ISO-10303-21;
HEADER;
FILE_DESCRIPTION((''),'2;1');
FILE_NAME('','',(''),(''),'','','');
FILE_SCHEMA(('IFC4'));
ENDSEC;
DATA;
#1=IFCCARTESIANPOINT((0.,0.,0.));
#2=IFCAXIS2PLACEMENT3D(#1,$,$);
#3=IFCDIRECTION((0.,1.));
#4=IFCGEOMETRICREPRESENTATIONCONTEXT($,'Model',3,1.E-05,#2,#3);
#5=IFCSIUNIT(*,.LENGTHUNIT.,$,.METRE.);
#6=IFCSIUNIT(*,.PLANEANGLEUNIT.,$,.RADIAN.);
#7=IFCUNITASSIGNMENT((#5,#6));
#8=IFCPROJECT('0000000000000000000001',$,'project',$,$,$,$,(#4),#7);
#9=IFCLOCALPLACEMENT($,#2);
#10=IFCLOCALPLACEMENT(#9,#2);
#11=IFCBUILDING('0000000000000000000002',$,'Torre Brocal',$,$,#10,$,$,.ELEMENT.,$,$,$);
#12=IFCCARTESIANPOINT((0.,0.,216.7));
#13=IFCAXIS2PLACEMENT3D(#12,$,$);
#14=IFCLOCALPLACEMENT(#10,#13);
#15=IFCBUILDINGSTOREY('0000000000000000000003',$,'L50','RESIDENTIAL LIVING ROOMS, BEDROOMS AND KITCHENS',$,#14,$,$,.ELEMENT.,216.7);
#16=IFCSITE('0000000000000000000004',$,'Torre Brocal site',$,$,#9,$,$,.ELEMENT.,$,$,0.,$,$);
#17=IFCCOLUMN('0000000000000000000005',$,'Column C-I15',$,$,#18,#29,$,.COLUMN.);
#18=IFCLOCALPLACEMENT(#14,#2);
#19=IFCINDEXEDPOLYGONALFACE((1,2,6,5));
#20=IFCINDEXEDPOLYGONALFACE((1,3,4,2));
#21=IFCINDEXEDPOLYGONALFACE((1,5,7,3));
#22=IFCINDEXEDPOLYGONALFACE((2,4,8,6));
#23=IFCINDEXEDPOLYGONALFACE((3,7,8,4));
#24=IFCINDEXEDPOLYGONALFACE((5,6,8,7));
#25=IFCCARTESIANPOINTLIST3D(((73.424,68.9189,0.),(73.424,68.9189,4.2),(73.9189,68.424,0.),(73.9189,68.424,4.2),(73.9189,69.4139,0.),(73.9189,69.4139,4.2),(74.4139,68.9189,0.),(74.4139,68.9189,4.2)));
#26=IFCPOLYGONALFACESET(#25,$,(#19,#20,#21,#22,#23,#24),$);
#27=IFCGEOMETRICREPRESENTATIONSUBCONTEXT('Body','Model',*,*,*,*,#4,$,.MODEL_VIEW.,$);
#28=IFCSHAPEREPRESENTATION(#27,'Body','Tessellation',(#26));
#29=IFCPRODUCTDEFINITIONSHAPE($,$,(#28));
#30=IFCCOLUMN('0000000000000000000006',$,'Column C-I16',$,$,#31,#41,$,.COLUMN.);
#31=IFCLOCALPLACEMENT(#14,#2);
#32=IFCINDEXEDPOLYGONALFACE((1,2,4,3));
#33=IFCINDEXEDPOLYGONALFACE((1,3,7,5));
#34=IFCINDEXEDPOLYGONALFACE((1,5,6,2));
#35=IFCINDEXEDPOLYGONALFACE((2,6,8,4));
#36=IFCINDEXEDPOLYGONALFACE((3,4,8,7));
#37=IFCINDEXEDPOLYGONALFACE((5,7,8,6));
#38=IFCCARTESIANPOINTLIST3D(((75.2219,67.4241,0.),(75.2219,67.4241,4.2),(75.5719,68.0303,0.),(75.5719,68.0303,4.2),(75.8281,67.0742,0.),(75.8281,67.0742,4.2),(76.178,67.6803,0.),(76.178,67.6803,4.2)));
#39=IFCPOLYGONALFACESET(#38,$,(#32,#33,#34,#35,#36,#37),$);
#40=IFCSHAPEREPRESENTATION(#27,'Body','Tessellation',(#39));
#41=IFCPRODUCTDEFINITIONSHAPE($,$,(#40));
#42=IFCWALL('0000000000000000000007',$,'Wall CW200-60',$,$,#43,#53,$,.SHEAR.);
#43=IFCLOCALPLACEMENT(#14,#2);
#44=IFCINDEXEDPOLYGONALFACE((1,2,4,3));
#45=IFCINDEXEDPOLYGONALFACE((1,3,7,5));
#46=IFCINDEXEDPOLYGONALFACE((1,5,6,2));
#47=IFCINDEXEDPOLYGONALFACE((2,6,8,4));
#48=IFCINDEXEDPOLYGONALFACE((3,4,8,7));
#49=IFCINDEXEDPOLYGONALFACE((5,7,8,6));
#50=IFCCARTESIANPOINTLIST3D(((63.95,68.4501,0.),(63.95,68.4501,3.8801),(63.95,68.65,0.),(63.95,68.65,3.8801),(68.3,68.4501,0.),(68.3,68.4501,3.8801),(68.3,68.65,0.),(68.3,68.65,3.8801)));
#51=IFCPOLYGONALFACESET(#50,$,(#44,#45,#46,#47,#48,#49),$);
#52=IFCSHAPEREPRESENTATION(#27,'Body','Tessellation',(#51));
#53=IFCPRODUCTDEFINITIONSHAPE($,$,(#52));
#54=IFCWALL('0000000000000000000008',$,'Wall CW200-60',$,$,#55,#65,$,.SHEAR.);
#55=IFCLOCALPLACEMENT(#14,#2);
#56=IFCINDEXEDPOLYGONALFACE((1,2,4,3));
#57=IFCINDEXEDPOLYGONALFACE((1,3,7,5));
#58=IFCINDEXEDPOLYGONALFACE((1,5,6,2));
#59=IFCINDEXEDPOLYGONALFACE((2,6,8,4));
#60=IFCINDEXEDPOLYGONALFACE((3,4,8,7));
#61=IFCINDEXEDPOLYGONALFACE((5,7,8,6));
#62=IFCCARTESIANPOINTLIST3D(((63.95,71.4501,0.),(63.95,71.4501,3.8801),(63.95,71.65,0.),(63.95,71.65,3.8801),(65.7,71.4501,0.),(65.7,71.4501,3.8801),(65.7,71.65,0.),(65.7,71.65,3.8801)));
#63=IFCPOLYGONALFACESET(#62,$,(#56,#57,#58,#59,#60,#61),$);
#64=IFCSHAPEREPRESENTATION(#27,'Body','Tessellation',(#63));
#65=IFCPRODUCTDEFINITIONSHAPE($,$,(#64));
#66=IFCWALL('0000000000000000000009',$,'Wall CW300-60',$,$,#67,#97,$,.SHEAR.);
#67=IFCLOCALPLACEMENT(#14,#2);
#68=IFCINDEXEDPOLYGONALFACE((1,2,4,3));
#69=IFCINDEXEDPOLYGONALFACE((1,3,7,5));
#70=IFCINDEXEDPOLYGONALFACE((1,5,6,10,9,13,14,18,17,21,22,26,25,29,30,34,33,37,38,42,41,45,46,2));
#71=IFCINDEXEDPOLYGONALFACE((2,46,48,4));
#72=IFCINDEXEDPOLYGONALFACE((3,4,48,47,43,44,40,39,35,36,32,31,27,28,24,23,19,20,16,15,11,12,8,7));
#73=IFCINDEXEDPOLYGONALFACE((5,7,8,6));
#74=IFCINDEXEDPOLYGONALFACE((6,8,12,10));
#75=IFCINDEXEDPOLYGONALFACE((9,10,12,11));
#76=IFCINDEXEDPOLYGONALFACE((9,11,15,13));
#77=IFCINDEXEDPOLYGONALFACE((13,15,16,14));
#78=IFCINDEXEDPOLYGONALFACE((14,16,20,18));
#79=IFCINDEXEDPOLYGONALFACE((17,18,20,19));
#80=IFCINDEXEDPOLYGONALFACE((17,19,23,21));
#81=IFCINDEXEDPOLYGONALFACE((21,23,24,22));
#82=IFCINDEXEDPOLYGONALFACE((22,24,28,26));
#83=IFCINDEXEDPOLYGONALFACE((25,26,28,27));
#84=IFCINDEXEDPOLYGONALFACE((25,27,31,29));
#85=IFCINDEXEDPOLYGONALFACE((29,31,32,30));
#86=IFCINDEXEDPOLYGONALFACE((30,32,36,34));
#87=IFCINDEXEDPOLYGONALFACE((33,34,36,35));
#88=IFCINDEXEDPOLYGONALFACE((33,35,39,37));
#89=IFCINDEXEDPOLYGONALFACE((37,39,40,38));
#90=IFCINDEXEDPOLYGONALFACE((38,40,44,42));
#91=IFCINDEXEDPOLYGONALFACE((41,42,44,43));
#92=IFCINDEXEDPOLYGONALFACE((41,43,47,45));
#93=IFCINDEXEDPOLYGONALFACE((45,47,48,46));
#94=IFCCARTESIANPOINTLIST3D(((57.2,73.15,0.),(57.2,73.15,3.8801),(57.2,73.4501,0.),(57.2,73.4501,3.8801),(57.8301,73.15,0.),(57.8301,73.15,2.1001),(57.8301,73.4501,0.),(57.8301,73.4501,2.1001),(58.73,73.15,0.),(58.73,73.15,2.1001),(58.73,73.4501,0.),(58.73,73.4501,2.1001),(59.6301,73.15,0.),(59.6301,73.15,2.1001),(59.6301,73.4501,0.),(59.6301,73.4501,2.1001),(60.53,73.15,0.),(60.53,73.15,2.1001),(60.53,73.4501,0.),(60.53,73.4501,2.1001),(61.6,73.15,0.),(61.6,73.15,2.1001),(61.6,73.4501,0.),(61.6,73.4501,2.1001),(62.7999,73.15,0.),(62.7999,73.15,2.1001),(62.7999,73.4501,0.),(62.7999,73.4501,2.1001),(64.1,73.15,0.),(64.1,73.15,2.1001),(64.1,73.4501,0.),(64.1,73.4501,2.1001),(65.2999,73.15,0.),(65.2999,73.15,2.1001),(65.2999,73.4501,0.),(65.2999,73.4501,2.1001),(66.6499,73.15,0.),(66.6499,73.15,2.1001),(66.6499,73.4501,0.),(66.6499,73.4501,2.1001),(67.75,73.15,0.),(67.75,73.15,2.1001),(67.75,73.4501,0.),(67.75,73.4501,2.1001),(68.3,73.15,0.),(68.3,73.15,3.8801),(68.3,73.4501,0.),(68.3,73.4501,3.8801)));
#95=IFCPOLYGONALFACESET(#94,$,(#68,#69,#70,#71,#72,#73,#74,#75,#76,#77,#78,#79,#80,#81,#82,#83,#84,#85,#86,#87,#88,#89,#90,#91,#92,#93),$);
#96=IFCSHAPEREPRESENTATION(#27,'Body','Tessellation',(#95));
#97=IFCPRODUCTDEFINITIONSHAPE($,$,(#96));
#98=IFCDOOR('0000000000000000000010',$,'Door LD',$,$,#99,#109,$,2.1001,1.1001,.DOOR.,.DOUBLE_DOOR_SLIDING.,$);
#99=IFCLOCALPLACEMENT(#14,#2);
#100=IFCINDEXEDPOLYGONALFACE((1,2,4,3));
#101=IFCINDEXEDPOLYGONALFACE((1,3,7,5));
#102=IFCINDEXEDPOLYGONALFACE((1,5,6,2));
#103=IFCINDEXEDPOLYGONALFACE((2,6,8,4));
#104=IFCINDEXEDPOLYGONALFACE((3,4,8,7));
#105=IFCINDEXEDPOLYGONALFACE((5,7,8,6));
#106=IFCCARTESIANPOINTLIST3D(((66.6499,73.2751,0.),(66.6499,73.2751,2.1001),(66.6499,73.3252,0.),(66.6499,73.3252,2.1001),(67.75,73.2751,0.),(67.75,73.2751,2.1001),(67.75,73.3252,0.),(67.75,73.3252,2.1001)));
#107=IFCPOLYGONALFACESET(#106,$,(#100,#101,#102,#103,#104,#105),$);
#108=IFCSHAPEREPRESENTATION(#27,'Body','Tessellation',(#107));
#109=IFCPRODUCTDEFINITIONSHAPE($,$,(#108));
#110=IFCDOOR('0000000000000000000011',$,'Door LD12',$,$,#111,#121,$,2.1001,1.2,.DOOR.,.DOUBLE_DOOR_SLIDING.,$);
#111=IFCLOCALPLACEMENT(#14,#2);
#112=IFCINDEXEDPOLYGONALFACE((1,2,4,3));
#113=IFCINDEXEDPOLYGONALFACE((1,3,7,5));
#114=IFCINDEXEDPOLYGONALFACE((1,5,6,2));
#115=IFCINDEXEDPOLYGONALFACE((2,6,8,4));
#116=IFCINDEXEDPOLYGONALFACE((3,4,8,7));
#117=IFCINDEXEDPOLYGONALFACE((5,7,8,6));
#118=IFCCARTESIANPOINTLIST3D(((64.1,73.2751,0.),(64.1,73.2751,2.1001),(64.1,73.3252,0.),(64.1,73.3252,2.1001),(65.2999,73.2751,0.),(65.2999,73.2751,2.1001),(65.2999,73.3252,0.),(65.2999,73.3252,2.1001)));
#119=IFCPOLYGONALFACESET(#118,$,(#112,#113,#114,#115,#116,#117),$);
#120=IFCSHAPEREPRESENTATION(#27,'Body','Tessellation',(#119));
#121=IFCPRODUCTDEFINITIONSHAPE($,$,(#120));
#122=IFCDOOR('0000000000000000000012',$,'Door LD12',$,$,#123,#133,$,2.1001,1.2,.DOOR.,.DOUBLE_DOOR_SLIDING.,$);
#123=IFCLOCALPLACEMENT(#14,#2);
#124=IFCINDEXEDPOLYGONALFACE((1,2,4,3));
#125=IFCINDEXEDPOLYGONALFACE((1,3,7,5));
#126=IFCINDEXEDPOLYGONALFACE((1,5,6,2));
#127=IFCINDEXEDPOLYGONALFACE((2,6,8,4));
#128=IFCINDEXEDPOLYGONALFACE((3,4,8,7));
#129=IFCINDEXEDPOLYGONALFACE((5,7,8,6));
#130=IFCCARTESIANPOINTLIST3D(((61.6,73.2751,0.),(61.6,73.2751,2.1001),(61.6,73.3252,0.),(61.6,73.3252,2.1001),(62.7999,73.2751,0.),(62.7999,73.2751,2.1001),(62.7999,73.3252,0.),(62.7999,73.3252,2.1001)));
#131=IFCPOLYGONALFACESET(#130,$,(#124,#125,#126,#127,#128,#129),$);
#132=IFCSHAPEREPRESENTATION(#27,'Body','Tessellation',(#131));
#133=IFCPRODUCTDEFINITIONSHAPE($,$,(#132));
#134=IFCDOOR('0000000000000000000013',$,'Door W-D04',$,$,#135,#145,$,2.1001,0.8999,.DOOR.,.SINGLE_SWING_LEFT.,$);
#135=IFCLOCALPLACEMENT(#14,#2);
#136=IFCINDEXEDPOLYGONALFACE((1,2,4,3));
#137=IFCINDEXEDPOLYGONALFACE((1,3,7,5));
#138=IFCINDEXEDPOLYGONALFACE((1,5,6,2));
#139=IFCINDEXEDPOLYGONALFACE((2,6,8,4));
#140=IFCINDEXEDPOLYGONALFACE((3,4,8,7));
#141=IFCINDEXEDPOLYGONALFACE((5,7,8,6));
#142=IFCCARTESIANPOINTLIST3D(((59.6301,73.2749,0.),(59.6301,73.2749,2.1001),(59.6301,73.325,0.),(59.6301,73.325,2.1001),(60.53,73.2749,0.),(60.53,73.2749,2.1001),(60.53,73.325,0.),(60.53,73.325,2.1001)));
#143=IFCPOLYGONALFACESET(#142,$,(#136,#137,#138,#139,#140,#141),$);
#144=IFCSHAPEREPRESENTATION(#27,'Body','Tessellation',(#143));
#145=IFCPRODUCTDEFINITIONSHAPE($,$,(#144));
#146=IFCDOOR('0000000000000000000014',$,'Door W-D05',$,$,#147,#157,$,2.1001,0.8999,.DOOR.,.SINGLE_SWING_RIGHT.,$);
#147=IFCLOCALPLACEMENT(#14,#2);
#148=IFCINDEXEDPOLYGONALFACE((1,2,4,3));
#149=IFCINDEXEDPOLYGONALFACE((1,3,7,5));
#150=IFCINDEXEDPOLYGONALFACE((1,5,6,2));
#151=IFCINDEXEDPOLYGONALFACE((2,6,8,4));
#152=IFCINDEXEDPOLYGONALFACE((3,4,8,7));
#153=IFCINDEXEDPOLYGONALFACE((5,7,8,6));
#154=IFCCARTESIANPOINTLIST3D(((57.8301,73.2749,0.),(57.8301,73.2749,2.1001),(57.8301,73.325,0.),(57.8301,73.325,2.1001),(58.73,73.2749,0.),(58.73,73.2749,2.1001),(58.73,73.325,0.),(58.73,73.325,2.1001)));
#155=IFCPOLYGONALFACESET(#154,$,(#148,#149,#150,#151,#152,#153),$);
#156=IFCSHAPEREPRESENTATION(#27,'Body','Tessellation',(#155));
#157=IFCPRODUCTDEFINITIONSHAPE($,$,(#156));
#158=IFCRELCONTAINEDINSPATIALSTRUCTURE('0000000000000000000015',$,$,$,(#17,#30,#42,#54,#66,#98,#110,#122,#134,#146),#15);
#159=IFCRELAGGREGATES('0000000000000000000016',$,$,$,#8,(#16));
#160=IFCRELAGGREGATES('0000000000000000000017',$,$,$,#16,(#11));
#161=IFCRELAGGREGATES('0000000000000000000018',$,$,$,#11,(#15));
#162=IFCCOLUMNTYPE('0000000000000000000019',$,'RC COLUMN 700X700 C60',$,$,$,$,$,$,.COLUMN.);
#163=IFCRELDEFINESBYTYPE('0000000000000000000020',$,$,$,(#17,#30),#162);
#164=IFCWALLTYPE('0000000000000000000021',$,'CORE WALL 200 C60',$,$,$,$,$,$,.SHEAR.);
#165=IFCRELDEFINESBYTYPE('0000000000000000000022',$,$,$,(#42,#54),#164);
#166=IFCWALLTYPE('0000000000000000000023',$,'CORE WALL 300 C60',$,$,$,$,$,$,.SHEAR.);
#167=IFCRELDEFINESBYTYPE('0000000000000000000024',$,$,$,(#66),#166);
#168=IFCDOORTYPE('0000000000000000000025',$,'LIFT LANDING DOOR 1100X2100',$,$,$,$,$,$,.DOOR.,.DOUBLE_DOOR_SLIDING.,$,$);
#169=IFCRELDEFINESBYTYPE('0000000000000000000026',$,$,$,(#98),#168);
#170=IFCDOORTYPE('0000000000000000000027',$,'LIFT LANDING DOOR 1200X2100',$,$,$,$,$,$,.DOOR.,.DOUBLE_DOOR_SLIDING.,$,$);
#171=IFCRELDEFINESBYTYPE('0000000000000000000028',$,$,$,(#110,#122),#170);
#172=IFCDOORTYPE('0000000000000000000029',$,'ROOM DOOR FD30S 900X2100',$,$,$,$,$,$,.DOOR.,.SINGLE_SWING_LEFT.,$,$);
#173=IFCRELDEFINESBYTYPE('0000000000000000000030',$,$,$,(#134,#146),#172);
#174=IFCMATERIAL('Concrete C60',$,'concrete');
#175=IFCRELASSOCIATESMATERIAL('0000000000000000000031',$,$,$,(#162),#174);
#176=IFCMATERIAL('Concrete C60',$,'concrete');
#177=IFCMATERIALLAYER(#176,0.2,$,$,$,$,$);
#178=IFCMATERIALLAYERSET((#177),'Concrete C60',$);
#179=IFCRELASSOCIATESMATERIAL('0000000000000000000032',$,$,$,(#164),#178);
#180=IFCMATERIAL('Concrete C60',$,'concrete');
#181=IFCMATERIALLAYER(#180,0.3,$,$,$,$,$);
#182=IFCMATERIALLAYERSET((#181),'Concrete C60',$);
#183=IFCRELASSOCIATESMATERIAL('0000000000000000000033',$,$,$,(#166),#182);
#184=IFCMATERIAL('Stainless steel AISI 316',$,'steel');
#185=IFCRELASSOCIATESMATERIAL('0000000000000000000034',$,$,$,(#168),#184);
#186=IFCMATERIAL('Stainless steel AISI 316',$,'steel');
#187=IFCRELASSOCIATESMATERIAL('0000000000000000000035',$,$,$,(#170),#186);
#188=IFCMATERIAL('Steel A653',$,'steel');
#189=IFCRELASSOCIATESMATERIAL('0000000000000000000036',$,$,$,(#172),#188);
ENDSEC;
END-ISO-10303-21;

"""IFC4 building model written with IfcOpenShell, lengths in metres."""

from ifc_helpers import new_model, si_unit, direction, frame, frame_2d, origin, origin_2d, place, context, subcontext, project, spatial, rectangle, extrude, material, layer, layer_set, material_profile, profile_set, type_object, element, fill, save


model = new_model("IFC4")

# Units and contexts
model_context = context("Model", 3, precision=1e-05, world=origin(), true_north=direction((0.0, 1.0)))
body_context = subcontext(model_context, "Body", "Model", "MODEL_VIEW")
ifc_project = project(units=[si_unit("LENGTHUNIT", "METRE"), si_unit("PLANEANGLEUNIT", "RADIAN")], contexts=[model_context])

# Site, building, storey
site_placement = place(None, origin())
site = spatial("IfcSite", under=ifc_project, at=site_placement, Name="Torre Brocal site", CompositionType="ELEMENT", RefElevation=0.0)
building_placement = place(site_placement, origin())
building = spatial("IfcBuilding", under=site, at=building_placement, Name="Torre Brocal", CompositionType="ELEMENT")
storey_placement = place(building_placement, frame((0.0, 0.0, 216.7)))
storey = spatial("IfcBuildingStorey", under=building, at=storey_placement, Name="L50", Description="RESIDENTIAL LIVING ROOMS, BEDROOMS AND KITCHENS", CompositionType="ELEMENT", Elevation=216.7)

# Columns
ifc_material_1 = material(Name="Concrete C60", Category="concrete")
ifc_material_profile = material_profile(ifc_material_1, rectangle(XDim=0.7, YDim=0.7, at=origin_2d()), Name="RC 700X700")
ifc_profile_set = profile_set([ifc_material_profile], Name="Concrete C60")
column_type = type_object("IfcColumnType", Name="RC COLUMN 700X700 C60", PredefinedType="COLUMN", material=ifc_profile_set)
for number, where, z_axis, x_axis, name in (
    (1, (73.9189, 68.9189, 0.0), (0.0, 0.0, 1.0), (-0.707107, -0.707107, 0.0), "Column C-I15"),
    (2, (75.7, 67.5522, 0.0), (0.0, 0.0, 1.0), (-0.5, -0.866025, 0.0), "Column C-I16"),
):
    element("IfcColumn", number, at=place(storey_placement, frame(where, z_axis=z_axis, x_axis=x_axis)), inside=storey, type_object=column_type, Name=name, PredefinedType="COLUMN", context=body_context, shape_type="SweptSolid", body=[
        extrude(rectangle(XDim=0.7, YDim=0.7, at=origin_2d()), origin(), (0.0, 0.0, 1.0), 4.2),
    ])

# Walls
ifc_material_2 = material(Name="Concrete C60", Category="concrete")
ifc_layer_1 = layer(ifc_material_2, 0.2)
ifc_layer_set_1 = layer_set([ifc_layer_1], Name="Concrete C60")
wall_type_1 = type_object("IfcWallType", Name="CORE WALL 200 C60", PredefinedType="SHEAR", material=ifc_layer_set_1)
wall_1_placement = place(storey_placement, frame((68.3, 68.55, 0.0), z_axis=(0.0, 0.0, 1.0), x_axis=(-1.0, 0.0, 0.0)))
element("IfcWall", 3, at=wall_1_placement, inside=storey, type_object=wall_type_1, Name="Wall CW200-60", PredefinedType="SHEAR", context=body_context, shape_type="SweptSolid", body=[
    extrude(rectangle(XDim=4.3501, YDim=0.2, at=frame_2d((2.175, 0.0))), origin(), (0.0, 0.0, 1.0), 3.8801),
])
wall_2_placement = place(storey_placement, frame((65.7, 71.55, 0.0), z_axis=(0.0, 0.0, 1.0), x_axis=(-1.0, 0.0, 0.0)))
element("IfcWall", 4, at=wall_2_placement, inside=storey, type_object=wall_type_1, Name="Wall CW200-60", PredefinedType="SHEAR", context=body_context, shape_type="SweptSolid", body=[
    extrude(rectangle(XDim=1.75, YDim=0.2, at=frame_2d((0.875, 0.0))), origin(), (0.0, 0.0, 1.0), 3.8801),
])

# Wall, openings, doors
ifc_material_3 = material(Name="Concrete C60", Category="concrete")
ifc_layer_2 = layer(ifc_material_3, 0.3)
ifc_layer_set_2 = layer_set([ifc_layer_2], Name="Concrete C60")
wall_type_2 = type_object("IfcWallType", Name="CORE WALL 300 C60", PredefinedType="SHEAR", material=ifc_layer_set_2)
wall_3_placement = place(storey_placement, frame((68.3, 73.3, 0.0), z_axis=(0.0, 0.0, 1.0), x_axis=(-1.0, 0.0, 0.0)))
wall_3 = element("IfcWall", 5, at=wall_3_placement, inside=storey, type_object=wall_type_2, Name="Wall CW300-60", PredefinedType="SHEAR", context=body_context, shape_type="SweptSolid", body=[
    extrude(rectangle(XDim=11.1001, YDim=0.3, at=frame_2d((5.55, 0.0))), origin(), (0.0, 0.0, 1.0), 3.8801),
])
opening_1_placement = place(wall_3_placement, frame((0.55, 0.0, 0.0)))
opening_1 = element("IfcOpeningElement", 6, at=opening_1_placement, cuts=wall_3, PredefinedType="OPENING", context=body_context, shape_type="SweptSolid", body=[
    extrude(rectangle(XDim=1.1001, YDim=2.1001, at=frame_2d((0.55, 1.05))), frame((0.0, 0.1599, 0.0), z_axis=(0.0, -1.0, 0.0), x_axis=(1.0, 0.0, 0.0)), (0.0, 0.0, 1.0), 0.3201),
])
opening_2_placement = place(wall_3_placement, frame((3.0, 0.0, 0.0)))
opening_2 = element("IfcOpeningElement", 7, at=opening_2_placement, cuts=wall_3, PredefinedType="OPENING", context=body_context, shape_type="SweptSolid", body=[
    extrude(rectangle(XDim=1.2, YDim=2.1001, at=frame_2d((0.6001, 1.05))), frame((0.0, 0.1599, 0.0), z_axis=(0.0, -1.0, 0.0), x_axis=(1.0, 0.0, 0.0)), (0.0, 0.0, 1.0), 0.3201),
])
opening_3_placement = place(wall_3_placement, frame((5.5, 0.0, 0.0)))
opening_3 = element("IfcOpeningElement", 8, at=opening_3_placement, cuts=wall_3, PredefinedType="OPENING", context=body_context, shape_type="SweptSolid", body=[
    extrude(rectangle(XDim=1.2, YDim=2.1001, at=frame_2d((0.6001, 1.05))), frame((0.0, 0.1599, 0.0), z_axis=(0.0, -1.0, 0.0), x_axis=(1.0, 0.0, 0.0)), (0.0, 0.0, 1.0), 0.3201),
])
opening_4_placement = place(wall_3_placement, frame((7.77, 0.0, 0.0)))
opening_4 = element("IfcOpeningElement", 9, at=opening_4_placement, cuts=wall_3, PredefinedType="OPENING", context=body_context, shape_type="SweptSolid", body=[
    extrude(rectangle(XDim=0.8999, YDim=2.1001, at=frame_2d((0.45, 1.05))), frame((0.0, 0.1599, 0.0), z_axis=(0.0, -1.0, 0.0), x_axis=(1.0, 0.0, 0.0)), (0.0, 0.0, 1.0), 0.3201),
])
opening_5_placement = place(wall_3_placement, frame((9.5701, 0.0, 0.0)))
opening_5 = element("IfcOpeningElement", 10, at=opening_5_placement, cuts=wall_3, PredefinedType="OPENING", context=body_context, shape_type="SweptSolid", body=[
    extrude(rectangle(XDim=0.8999, YDim=2.1001, at=frame_2d((0.45, 1.05))), frame((0.0, 0.1599, 0.0), z_axis=(0.0, -1.0, 0.0), x_axis=(1.0, 0.0, 0.0)), (0.0, 0.0, 1.0), 0.3201),
])
ifc_material_4 = material(Name="Stainless steel AISI 316", Category="steel")
door_type_1 = type_object("IfcDoorType", Name="LIFT LANDING DOOR 1100X2100", OperationType="DOUBLE_DOOR_SLIDING", PredefinedType="DOOR", material=ifc_material_4)
door_1_placement = place(opening_1_placement, origin())
door_1 = element("IfcDoor", 11, at=door_1_placement, inside=storey, type_object=door_type_1, Name="Door LD", OperationType="DOUBLE_DOOR_SLIDING", OverallHeight=2.1001, OverallWidth=1.1001, PredefinedType="DOOR", context=body_context, shape_type="SweptSolid", body=[
    extrude(rectangle(XDim=1.1001, YDim=2.1001, at=frame_2d((0.55, 1.05))), frame((0.0, 0.0249, 0.0), z_axis=(0.0, -1.0, 0.0), x_axis=(1.0, 0.0, 0.0)), (0.0, 0.0, 1.0), 0.05),
])
fill(opening_1, door_1)
ifc_material_5 = material(Name="Stainless steel AISI 316", Category="steel")
door_type_2 = type_object("IfcDoorType", Name="LIFT LANDING DOOR 1200X2100", OperationType="DOUBLE_DOOR_SLIDING", PredefinedType="DOOR", material=ifc_material_5)
door_2_placement = place(opening_2_placement, origin())
door_2 = element("IfcDoor", 12, at=door_2_placement, inside=storey, type_object=door_type_2, Name="Door LD12", OperationType="DOUBLE_DOOR_SLIDING", OverallHeight=2.1001, OverallWidth=1.2, PredefinedType="DOOR", context=body_context, shape_type="SweptSolid", body=[
    extrude(rectangle(XDim=1.2, YDim=2.1001, at=frame_2d((0.6001, 1.05))), frame((0.0, 0.0249, 0.0), z_axis=(0.0, -1.0, 0.0), x_axis=(1.0, 0.0, 0.0)), (0.0, 0.0, 1.0), 0.05),
])
fill(opening_2, door_2)
door_3_placement = place(opening_3_placement, origin())
door_3 = element("IfcDoor", 13, at=door_3_placement, inside=storey, type_object=door_type_2, Name="Door LD12", OperationType="DOUBLE_DOOR_SLIDING", OverallHeight=2.1001, OverallWidth=1.2, PredefinedType="DOOR", context=body_context, shape_type="SweptSolid", body=[
    extrude(rectangle(XDim=1.2, YDim=2.1001, at=frame_2d((0.6001, 1.05))), frame((0.0, 0.0249, 0.0), z_axis=(0.0, -1.0, 0.0), x_axis=(1.0, 0.0, 0.0)), (0.0, 0.0, 1.0), 0.05),
])
fill(opening_3, door_3)
ifc_material_6 = material(Name="Steel A653", Category="steel")
door_type_3 = type_object("IfcDoorType", Name="ROOM DOOR FD30S 900X2100", OperationType="SINGLE_SWING_LEFT", PredefinedType="DOOR", material=ifc_material_6)
door_4_placement = place(opening_4_placement, frame((0.8999, 0.0, 0.0), z_axis=(0.0, 0.0, 1.0), x_axis=(-1.0, 0.0, 0.0)))
door_4 = element("IfcDoor", 14, at=door_4_placement, inside=storey, type_object=door_type_3, Name="Door W-D04", OperationType="SINGLE_SWING_LEFT", OverallHeight=2.1001, OverallWidth=0.8999, PredefinedType="DOOR", context=body_context, shape_type="SweptSolid", body=[
    extrude(rectangle(XDim=0.8999, YDim=2.1001, at=frame_2d((0.45, 1.05))), frame((0.0, 0.0249, 0.0), z_axis=(0.0, -1.0, 0.0), x_axis=(1.0, 0.0, 0.0)), (0.0, 0.0, 1.0), 0.05),
])
fill(opening_4, door_4)
door_5_placement = place(opening_5_placement, frame((0.8999, 0.0, 0.0), z_axis=(0.0, 0.0, 1.0), x_axis=(-1.0, 0.0, 0.0)))
door_5 = element("IfcDoor", 15, at=door_5_placement, inside=storey, type_object=door_type_3, Name="Door W-D05", OperationType="SINGLE_SWING_RIGHT", OverallHeight=2.1001, OverallWidth=0.8999, PredefinedType="DOOR", context=body_context, shape_type="SweptSolid", body=[
    extrude(rectangle(XDim=0.8999, YDim=2.1001, at=frame_2d((0.45, 1.05))), frame((0.0, 0.0249, 0.0), z_axis=(0.0, -1.0, 0.0), x_axis=(1.0, 0.0, 0.0)), (0.0, 0.0, 1.0), 0.05),
])
fill(opening_5, door_5)

save(model, "model.ifc")
